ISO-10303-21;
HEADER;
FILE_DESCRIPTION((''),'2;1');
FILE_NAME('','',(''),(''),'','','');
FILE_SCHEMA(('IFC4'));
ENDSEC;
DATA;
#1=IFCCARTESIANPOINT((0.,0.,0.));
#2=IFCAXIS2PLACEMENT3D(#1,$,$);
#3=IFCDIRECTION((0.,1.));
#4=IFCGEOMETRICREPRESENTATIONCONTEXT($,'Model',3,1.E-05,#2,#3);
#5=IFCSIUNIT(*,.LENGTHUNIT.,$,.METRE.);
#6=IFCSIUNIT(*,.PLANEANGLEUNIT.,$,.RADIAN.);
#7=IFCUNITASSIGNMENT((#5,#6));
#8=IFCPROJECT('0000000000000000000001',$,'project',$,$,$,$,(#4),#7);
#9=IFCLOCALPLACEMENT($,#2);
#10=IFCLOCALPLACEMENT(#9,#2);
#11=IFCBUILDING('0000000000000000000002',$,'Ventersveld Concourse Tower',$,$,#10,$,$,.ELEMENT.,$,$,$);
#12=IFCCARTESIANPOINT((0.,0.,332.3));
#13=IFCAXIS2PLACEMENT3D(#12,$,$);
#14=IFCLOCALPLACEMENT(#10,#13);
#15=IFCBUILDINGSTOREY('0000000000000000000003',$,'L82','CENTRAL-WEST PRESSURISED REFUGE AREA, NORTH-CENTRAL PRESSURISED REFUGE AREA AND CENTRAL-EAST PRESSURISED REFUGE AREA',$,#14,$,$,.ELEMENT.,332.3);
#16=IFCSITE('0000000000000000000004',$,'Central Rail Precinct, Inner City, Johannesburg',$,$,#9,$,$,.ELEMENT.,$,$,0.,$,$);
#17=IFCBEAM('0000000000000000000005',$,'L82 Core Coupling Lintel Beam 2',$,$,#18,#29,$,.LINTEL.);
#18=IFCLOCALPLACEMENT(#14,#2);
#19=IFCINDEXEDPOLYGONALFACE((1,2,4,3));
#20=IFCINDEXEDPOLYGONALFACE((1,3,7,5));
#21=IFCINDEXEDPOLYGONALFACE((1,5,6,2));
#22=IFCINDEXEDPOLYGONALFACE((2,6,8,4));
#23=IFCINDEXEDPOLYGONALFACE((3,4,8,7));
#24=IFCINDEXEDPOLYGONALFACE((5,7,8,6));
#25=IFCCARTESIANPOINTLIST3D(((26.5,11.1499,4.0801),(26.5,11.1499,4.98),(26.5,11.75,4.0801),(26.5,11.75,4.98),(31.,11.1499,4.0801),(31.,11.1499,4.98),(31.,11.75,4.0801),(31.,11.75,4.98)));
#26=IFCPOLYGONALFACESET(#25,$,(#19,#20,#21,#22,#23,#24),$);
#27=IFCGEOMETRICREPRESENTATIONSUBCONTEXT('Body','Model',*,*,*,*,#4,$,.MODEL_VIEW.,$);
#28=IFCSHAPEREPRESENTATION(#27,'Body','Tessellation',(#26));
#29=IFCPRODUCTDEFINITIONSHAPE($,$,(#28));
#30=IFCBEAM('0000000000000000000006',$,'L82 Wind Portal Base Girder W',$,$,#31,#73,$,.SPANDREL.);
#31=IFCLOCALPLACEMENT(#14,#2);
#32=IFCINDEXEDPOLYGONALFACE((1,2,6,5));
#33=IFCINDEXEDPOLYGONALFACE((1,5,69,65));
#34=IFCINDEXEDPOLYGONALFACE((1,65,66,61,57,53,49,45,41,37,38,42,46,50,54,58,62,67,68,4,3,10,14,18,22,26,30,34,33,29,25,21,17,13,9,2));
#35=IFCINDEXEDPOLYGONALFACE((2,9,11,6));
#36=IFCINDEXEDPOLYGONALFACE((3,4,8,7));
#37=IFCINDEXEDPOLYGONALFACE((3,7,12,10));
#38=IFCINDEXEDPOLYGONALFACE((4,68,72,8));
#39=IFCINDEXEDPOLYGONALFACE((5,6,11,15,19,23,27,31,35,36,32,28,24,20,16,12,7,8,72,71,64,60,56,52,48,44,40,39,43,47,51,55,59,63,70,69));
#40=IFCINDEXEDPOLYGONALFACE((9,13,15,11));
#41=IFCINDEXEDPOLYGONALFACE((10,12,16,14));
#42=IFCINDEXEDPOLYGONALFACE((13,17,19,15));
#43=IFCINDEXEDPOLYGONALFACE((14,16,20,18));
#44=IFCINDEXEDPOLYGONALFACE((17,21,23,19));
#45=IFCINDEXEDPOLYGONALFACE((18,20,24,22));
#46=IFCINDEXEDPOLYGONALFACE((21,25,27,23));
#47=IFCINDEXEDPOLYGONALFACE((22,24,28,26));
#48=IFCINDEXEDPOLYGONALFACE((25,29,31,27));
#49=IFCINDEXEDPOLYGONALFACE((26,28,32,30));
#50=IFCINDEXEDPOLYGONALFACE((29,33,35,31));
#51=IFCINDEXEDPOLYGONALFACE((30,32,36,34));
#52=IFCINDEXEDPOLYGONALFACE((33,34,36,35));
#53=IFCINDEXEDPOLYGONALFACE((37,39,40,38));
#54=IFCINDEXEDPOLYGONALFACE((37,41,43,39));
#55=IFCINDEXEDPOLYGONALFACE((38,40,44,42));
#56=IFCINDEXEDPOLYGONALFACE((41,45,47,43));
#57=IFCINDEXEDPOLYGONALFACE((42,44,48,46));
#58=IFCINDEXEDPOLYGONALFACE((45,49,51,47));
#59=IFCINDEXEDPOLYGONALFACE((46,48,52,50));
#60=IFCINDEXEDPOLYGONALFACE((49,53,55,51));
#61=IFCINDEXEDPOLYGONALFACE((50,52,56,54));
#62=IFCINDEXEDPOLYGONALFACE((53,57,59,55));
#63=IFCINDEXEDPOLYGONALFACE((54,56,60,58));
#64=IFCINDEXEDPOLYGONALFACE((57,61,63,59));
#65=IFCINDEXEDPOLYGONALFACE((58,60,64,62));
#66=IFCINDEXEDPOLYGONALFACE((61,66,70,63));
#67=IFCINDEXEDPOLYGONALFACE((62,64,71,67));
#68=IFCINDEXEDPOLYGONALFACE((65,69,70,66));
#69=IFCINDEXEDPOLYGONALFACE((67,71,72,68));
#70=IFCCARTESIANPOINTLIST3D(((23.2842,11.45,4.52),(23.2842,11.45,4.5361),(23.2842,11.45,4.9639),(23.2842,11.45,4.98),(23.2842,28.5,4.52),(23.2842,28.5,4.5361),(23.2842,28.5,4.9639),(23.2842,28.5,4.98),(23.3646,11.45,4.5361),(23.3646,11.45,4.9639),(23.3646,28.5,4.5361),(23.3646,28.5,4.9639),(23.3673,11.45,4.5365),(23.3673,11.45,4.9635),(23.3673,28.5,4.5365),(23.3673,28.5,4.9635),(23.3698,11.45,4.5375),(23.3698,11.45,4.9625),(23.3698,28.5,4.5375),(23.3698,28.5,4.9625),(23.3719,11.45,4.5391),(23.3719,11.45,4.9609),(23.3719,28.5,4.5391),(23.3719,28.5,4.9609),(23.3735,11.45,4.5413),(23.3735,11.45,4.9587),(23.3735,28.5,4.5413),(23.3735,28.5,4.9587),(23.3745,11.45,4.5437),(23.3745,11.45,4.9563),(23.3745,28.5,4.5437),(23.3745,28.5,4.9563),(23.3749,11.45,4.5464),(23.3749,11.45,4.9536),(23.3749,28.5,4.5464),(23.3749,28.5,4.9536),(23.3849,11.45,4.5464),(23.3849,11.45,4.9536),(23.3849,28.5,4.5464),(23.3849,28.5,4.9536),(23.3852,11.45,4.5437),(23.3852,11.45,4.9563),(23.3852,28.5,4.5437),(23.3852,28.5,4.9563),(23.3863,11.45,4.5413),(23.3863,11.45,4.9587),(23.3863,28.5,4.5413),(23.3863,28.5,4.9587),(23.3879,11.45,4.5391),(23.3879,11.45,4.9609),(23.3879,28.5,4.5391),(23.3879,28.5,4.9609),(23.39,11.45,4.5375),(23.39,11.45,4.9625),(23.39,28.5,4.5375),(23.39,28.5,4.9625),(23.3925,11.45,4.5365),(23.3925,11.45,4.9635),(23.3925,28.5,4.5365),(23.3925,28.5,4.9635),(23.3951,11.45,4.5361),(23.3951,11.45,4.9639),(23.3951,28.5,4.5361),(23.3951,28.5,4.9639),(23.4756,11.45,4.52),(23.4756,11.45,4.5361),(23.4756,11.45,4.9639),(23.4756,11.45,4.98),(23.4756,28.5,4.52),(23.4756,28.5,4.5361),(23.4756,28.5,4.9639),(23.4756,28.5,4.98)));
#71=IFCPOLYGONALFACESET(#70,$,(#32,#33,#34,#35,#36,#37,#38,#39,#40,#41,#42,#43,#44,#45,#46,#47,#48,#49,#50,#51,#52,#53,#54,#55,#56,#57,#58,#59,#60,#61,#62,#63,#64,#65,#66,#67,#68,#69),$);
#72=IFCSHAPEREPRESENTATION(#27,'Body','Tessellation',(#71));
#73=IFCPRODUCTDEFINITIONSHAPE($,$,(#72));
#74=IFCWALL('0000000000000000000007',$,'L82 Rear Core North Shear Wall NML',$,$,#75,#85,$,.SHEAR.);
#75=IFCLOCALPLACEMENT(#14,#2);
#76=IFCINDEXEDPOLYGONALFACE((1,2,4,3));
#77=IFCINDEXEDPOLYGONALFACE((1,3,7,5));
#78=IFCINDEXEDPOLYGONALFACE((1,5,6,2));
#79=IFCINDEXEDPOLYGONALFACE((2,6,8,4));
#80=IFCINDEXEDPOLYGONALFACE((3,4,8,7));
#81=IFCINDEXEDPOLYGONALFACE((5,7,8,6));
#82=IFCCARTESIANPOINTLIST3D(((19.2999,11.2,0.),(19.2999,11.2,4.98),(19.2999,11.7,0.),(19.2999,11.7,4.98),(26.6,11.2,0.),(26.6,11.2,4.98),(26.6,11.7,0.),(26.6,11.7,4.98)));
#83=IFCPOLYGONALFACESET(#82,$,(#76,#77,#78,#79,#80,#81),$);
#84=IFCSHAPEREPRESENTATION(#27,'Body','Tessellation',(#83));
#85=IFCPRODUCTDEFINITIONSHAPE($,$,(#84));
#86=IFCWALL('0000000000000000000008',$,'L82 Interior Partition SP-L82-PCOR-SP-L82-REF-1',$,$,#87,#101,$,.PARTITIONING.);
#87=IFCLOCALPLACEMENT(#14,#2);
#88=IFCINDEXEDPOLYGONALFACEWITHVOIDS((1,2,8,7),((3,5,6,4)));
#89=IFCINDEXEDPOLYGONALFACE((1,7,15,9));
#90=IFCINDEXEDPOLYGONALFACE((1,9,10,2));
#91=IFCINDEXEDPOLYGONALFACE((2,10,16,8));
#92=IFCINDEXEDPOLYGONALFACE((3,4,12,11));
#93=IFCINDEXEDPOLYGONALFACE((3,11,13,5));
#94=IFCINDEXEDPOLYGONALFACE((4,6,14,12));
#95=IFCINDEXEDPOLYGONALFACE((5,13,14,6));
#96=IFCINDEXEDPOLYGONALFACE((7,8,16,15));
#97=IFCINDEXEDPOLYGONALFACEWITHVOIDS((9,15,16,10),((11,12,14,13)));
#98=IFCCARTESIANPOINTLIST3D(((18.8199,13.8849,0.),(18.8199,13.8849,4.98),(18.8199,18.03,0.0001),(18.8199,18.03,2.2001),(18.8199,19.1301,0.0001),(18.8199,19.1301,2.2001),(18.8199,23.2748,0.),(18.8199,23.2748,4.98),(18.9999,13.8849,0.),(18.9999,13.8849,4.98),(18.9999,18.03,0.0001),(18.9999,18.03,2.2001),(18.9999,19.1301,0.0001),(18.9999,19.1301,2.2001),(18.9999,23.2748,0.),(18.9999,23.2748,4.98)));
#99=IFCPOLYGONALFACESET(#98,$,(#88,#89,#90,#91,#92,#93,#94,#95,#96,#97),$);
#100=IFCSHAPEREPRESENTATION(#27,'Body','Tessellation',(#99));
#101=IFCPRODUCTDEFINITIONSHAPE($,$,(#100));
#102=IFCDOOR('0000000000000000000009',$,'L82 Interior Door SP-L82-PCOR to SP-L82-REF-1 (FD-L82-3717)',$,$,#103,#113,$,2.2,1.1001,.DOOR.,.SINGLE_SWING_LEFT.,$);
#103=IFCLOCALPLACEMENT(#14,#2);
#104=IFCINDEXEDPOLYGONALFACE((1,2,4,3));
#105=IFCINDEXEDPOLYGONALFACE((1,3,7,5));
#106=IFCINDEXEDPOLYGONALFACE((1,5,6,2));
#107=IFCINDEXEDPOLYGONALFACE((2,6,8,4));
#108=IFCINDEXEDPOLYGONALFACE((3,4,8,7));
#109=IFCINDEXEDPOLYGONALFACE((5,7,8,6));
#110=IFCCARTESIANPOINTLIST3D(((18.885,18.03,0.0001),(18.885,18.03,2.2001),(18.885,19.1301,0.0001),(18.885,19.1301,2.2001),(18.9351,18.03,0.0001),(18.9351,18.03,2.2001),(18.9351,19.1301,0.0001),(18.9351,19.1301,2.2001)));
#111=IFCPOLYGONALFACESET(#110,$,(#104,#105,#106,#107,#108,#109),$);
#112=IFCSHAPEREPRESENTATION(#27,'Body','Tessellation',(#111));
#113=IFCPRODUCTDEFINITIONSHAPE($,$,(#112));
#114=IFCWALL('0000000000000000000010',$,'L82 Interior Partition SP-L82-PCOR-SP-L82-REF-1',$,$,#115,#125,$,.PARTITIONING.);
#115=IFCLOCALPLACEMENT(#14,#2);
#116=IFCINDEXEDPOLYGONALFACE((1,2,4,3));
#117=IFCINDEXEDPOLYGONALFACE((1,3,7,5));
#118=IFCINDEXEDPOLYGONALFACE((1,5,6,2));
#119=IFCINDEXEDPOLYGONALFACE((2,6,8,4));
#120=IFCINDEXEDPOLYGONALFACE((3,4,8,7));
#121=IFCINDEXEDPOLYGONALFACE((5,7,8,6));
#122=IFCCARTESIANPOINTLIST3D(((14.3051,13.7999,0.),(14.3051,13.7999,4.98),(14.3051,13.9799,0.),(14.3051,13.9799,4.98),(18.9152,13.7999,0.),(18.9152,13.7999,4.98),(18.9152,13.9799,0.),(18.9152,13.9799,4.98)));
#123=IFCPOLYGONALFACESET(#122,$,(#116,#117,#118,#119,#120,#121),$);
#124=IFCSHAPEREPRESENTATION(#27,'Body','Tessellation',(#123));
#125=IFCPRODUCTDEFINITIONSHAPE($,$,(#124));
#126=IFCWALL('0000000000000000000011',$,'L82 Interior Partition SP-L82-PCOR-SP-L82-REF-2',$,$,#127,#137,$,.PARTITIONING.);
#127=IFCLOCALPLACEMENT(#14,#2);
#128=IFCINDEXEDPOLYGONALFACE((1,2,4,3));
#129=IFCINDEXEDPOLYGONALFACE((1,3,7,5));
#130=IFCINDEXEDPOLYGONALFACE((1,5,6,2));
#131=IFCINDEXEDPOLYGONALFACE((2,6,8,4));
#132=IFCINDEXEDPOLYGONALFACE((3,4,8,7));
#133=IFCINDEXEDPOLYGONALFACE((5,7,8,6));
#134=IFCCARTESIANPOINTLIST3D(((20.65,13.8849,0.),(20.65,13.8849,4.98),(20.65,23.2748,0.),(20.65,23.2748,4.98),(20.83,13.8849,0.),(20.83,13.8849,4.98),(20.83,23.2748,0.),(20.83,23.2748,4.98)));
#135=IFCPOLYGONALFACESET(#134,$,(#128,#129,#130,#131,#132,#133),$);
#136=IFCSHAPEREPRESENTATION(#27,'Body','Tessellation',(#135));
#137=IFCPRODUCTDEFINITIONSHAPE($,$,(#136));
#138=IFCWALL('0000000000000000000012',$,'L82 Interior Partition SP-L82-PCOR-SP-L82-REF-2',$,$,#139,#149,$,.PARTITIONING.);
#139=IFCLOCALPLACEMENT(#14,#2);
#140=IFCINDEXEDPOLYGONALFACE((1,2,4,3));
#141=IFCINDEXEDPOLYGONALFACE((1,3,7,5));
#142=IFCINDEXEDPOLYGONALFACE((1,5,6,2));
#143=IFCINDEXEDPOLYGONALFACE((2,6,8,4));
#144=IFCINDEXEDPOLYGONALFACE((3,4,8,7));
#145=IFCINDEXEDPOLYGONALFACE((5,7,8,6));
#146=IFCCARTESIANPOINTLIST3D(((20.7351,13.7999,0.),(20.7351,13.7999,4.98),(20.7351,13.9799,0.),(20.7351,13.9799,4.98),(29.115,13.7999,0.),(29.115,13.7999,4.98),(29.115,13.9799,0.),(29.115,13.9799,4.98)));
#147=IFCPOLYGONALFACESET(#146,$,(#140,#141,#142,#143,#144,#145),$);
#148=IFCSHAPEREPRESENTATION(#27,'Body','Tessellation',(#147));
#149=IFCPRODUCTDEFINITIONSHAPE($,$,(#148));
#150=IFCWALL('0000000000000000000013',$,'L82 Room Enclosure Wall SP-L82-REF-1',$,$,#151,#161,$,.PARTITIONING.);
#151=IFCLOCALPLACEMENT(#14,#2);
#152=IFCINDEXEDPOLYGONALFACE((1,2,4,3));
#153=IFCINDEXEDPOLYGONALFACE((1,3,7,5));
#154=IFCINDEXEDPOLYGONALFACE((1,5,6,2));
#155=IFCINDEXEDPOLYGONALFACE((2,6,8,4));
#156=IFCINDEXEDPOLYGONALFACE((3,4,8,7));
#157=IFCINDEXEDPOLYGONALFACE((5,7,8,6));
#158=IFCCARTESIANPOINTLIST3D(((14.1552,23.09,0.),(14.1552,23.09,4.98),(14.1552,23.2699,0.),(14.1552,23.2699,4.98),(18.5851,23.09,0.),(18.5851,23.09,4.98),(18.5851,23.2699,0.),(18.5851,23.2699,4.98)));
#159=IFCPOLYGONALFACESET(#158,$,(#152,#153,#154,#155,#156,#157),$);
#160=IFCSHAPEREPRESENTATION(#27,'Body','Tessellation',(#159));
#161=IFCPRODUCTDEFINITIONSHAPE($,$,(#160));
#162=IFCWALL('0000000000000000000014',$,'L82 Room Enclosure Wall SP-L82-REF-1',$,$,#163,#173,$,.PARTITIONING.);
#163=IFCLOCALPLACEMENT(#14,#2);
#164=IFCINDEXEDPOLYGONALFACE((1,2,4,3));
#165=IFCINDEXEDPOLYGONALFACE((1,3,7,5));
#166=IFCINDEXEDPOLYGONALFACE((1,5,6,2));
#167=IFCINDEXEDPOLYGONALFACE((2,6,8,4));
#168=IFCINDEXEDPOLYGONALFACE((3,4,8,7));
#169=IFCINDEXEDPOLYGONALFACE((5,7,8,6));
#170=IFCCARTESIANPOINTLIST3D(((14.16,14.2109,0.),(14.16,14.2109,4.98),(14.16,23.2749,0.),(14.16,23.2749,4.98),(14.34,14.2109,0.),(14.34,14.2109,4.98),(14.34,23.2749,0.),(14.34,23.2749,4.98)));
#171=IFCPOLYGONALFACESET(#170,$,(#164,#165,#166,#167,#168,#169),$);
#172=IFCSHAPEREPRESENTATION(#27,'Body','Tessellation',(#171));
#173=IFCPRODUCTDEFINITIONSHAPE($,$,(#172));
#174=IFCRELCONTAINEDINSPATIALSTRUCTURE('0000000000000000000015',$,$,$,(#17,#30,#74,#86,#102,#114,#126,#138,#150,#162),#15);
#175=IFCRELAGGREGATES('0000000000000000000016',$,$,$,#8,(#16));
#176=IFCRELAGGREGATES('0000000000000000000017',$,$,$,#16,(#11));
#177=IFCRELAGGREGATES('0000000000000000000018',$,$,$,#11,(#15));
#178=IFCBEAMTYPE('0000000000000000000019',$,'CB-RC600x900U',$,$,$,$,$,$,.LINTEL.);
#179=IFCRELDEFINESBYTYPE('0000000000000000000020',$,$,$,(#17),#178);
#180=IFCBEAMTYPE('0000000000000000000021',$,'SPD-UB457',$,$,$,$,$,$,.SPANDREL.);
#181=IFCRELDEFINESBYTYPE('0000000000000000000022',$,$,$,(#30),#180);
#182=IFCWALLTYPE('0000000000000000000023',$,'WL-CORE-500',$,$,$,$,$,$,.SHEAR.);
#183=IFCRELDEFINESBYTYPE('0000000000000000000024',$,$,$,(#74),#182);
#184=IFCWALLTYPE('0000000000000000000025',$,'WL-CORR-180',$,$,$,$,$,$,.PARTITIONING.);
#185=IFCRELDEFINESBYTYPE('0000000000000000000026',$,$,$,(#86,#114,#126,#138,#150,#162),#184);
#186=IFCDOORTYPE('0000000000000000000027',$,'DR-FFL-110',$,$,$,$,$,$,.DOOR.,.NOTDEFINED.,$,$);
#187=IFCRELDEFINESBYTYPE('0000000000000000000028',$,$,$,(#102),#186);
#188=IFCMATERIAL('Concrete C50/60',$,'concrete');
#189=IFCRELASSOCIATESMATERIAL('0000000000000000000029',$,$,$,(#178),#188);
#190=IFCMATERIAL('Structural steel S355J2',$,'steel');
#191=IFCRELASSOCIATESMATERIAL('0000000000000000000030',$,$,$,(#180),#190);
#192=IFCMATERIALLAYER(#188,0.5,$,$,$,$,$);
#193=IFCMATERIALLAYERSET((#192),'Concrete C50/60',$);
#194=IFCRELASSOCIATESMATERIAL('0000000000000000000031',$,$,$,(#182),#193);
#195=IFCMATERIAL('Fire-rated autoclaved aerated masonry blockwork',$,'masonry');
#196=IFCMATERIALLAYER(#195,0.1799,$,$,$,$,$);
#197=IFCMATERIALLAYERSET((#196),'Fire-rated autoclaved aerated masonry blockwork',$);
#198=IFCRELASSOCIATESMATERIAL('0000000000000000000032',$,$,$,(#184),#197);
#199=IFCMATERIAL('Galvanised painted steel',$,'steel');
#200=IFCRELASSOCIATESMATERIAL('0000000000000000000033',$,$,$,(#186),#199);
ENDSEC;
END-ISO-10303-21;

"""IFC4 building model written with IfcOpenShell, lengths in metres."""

from ifc_helpers import new_model, si_unit, direction, frame, frame_2d, origin, origin_2d, place, context, subcontext, project, spatial, rectangle, i_section, extrude, material, layer, layer_set, material_profile, profile_set, type_object, element, fill, save


model = new_model("IFC4")

# Units and contexts
model_context = context("Model", 3, precision=1e-05, world=origin(), true_north=direction((0.0, 1.0)))
body_context = subcontext(model_context, "Body", "Model", "MODEL_VIEW")
ifc_project = project(units=[si_unit("LENGTHUNIT", "METRE"), si_unit("PLANEANGLEUNIT", "RADIAN")], contexts=[model_context])

# Site, building, storey
site_placement = place(None, origin())
site = spatial("IfcSite", under=ifc_project, at=site_placement, Name="Central Rail Precinct, Inner City, Johannesburg", CompositionType="ELEMENT", RefElevation=0.0)
building_placement = place(site_placement, origin())
building = spatial("IfcBuilding", under=site, at=building_placement, Name="Ventersveld Concourse Tower", CompositionType="ELEMENT")
storey_placement = place(building_placement, frame((0.0, 0.0, 332.3)))
storey = spatial("IfcBuildingStorey", under=building, at=storey_placement, Name="L82", Description="CENTRAL-WEST PRESSURISED REFUGE AREA, NORTH-CENTRAL PRESSURISED REFUGE AREA AND CENTRAL-EAST PRESSURISED REFUGE AREA", CompositionType="ELEMENT", Elevation=332.3)

# Shared definitions
ifc_material_1 = material(Name="Concrete C50/60", Category="concrete")
ifc_material_2 = material(Name="Structural steel S355J2", Category="steel")

# Beams
ifc_material_profile_1 = material_profile(ifc_material_1, rectangle(XDim=0.6001, YDim=0.8999, at=origin_2d()), Name="RC 600x900")
ifc_profile_set_1 = profile_set([ifc_material_profile_1], Name="Concrete C50/60")
beam_type_1 = type_object("IfcBeamType", Name="CB-RC600x900U", PredefinedType="LINTEL", material=ifc_profile_set_1)
beam_1_placement = place(storey_placement, frame((26.5, 11.45, 4.53), z_axis=(1.0, 0.0, 0.0), x_axis=(0.0, 1.0, 0.0)))
element("IfcBeam", 1, at=beam_1_placement, inside=storey, type_object=beam_type_1, Name="L82 Core Coupling Lintel Beam 2", PredefinedType="LINTEL", context=body_context, shape_type="SweptSolid", body=[
    extrude(rectangle(XDim=0.6001, YDim=0.8999, at=origin_2d()), origin(), (0.0, 0.0, 1.0), 4.5),
])
ifc_material_profile_2 = material_profile(ifc_material_2, i_section(OverallWidth=0.1914, OverallDepth=0.46, WebThickness=0.01, FlangeThickness=0.0161, FilletRadius=0.0103, at=origin_2d()), Name="UB 457x191x82")
ifc_profile_set_2 = profile_set([ifc_material_profile_2], Name="Structural steel S355J2")
beam_type_2 = type_object("IfcBeamType", Name="SPD-UB457", PredefinedType="SPANDREL", material=ifc_profile_set_2)
beam_2_placement = place(storey_placement, frame((23.3799, 11.45, 4.75), z_axis=(0.0, 1.0, 0.0), x_axis=(-1.0, 0.0, 0.0)))
element("IfcBeam", 2, at=beam_2_placement, inside=storey, type_object=beam_type_2, Name="L82 Wind Portal Base Girder W", PredefinedType="SPANDREL", context=body_context, shape_type="SweptSolid", body=[
    extrude(i_section(OverallWidth=0.1914, OverallDepth=0.46, WebThickness=0.01, FlangeThickness=0.0161, FilletRadius=0.0103, at=origin_2d()), origin(), (0.0, 0.0, 1.0), 17.05),
])

# Wall
ifc_layer_1 = layer(ifc_material_1, 0.5)
ifc_layer_set_1 = layer_set([ifc_layer_1], Name="Concrete C50/60")
wall_type_1 = type_object("IfcWallType", Name="WL-CORE-500", PredefinedType="SHEAR", material=ifc_layer_set_1)
wall_1_placement = place(storey_placement, frame((19.3, 11.45, 0.0), z_axis=(0.0, 0.0, 1.0), x_axis=(1.0, 0.0, 0.0)))
element("IfcWall", 3, at=wall_1_placement, inside=storey, type_object=wall_type_1, Name="L82 Rear Core North Shear Wall NML", PredefinedType="SHEAR", context=body_context, shape_type="SweptSolid", body=[
    extrude(rectangle(XDim=7.3, YDim=0.5, at=frame_2d((3.6499, 0.0))), origin(), (0.0, 0.0, 1.0), 4.98),
])

# Wall, opening, door
ifc_material_3 = material(Name="Fire-rated autoclaved aerated masonry blockwork", Category="masonry")
ifc_layer_2 = layer(ifc_material_3, 0.1799)
ifc_layer_set_2 = layer_set([ifc_layer_2], Name="Fire-rated autoclaved aerated masonry blockwork")
wall_type_2 = type_object("IfcWallType", Name="WL-CORR-180", PredefinedType="PARTITIONING", material=ifc_layer_set_2)
wall_2_placement = place(storey_placement, frame((18.9099, 13.885, 0.0), z_axis=(0.0, 0.0, 1.0), x_axis=(0.0, 1.0, 0.0)))
wall_2 = element("IfcWall", 4, at=wall_2_placement, inside=storey, type_object=wall_type_2, Name="L82 Interior Partition SP-L82-PCOR-SP-L82-REF-1", PredefinedType="PARTITIONING", context=body_context, shape_type="SweptSolid", body=[
    extrude(rectangle(XDim=9.3899, YDim=0.1799, at=frame_2d((4.6948, 0.0))), origin(), (0.0, 0.0, 1.0), 4.98),
])
opening_1_placement = place(wall_2_placement, frame((4.145, 0.0, 0.0)))
opening_1 = element("IfcOpeningElement", 5, at=opening_1_placement, cuts=wall_2, PredefinedType="OPENING", context=body_context, shape_type="SweptSolid", body=[
    extrude(rectangle(XDim=1.1001, YDim=2.2, at=frame_2d((0.55, 1.1001))), frame((0.0, 0.1001, 0.0), z_axis=(0.0, -1.0, 0.0), x_axis=(1.0, 0.0, 0.0)), (0.0, 0.0, 1.0), 0.2),
])
ifc_material_4 = material(Name="Galvanised painted steel", Category="steel")
door_type_1 = type_object("IfcDoorType", Name="DR-FFL-110", OperationType="NOTDEFINED", PredefinedType="DOOR", material=ifc_material_4)
door_1_placement = place(opening_1_placement, origin())
door_1 = element("IfcDoor", 6, at=door_1_placement, inside=storey, type_object=door_type_1, Name="L82 Interior Door SP-L82-PCOR to SP-L82-REF-1 (FD-L82-3717)", OperationType="SINGLE_SWING_LEFT", OverallHeight=2.2, OverallWidth=1.1001, PredefinedType="DOOR", context=body_context, shape_type="SweptSolid", body=[
    extrude(rectangle(XDim=1.1001, YDim=2.2, at=frame_2d((0.55, 1.1001))), frame((0.0, 0.0249, 0.0), z_axis=(0.0, -1.0, 0.0), x_axis=(1.0, 0.0, 0.0)), (0.0, 0.0, 1.0), 0.05),
])
fill(opening_1, door_1)

# Walls
wall_3_placement = place(storey_placement, frame((14.3049, 13.8899, 0.0), z_axis=(0.0, 0.0, 1.0), x_axis=(1.0, 0.0, 0.0)))
element("IfcWall", 7, at=wall_3_placement, inside=storey, type_object=wall_type_2, Name="L82 Interior Partition SP-L82-PCOR-SP-L82-REF-1", PredefinedType="PARTITIONING", context=body_context, shape_type="SweptSolid", body=[
    extrude(rectangle(XDim=4.6101, YDim=0.1799, at=frame_2d((2.3052, 0.0))), origin(), (0.0, 0.0, 1.0), 4.98),
])
wall_4_placement = place(storey_placement, frame((20.74, 13.885, 0.0), z_axis=(0.0, 0.0, 1.0), x_axis=(0.0, 1.0, 0.0)))
element("IfcWall", 8, at=wall_4_placement, inside=storey, type_object=wall_type_2, Name="L82 Interior Partition SP-L82-PCOR-SP-L82-REF-2", PredefinedType="PARTITIONING", context=body_context, shape_type="SweptSolid", body=[
    extrude(rectangle(XDim=9.3899, YDim=0.1799, at=frame_2d((4.6948, 0.0))), origin(), (0.0, 0.0, 1.0), 4.98),
])
wall_5_placement = place(storey_placement, frame((20.7351, 13.8899, 0.0), z_axis=(0.0, 0.0, 1.0), x_axis=(1.0, 0.0, 0.0)))
element("IfcWall", 9, at=wall_5_placement, inside=storey, type_object=wall_type_2, Name="L82 Interior Partition SP-L82-PCOR-SP-L82-REF-2", PredefinedType="PARTITIONING", context=body_context, shape_type="SweptSolid", body=[
    extrude(rectangle(XDim=8.3799, YDim=0.1799, at=frame_2d((4.1899, 0.0))), origin(), (0.0, 0.0, 1.0), 4.98),
])
wall_6_placement = place(storey_placement, frame((18.585, 23.1799, 0.0), z_axis=(0.0, 0.0, 1.0), x_axis=(-1.0, 0.0, 0.0)))
element("IfcWall", 10, at=wall_6_placement, inside=storey, type_object=wall_type_2, Name="L82 Room Enclosure Wall SP-L82-REF-1", PredefinedType="PARTITIONING", context=body_context, shape_type="SweptSolid", body=[
    extrude(rectangle(XDim=4.4299, YDim=0.1799, at=frame_2d((2.2148, 0.0))), origin(), (0.0, 0.0, 1.0), 4.98),
])
wall_7_placement = place(storey_placement, frame((14.25, 23.2749, 0.0), z_axis=(0.0, 0.0, 1.0), x_axis=(0.0, -1.0, 0.0)))
element("IfcWall", 11, at=wall_7_placement, inside=storey, type_object=wall_type_2, Name="L82 Room Enclosure Wall SP-L82-REF-1", PredefinedType="PARTITIONING", context=body_context, shape_type="SweptSolid", body=[
    extrude(rectangle(XDim=9.064, YDim=0.1799, at=frame_2d((4.532, 0.0))), origin(), (0.0, 0.0, 1.0), 4.98),
])

save(model, "model.ifc")
